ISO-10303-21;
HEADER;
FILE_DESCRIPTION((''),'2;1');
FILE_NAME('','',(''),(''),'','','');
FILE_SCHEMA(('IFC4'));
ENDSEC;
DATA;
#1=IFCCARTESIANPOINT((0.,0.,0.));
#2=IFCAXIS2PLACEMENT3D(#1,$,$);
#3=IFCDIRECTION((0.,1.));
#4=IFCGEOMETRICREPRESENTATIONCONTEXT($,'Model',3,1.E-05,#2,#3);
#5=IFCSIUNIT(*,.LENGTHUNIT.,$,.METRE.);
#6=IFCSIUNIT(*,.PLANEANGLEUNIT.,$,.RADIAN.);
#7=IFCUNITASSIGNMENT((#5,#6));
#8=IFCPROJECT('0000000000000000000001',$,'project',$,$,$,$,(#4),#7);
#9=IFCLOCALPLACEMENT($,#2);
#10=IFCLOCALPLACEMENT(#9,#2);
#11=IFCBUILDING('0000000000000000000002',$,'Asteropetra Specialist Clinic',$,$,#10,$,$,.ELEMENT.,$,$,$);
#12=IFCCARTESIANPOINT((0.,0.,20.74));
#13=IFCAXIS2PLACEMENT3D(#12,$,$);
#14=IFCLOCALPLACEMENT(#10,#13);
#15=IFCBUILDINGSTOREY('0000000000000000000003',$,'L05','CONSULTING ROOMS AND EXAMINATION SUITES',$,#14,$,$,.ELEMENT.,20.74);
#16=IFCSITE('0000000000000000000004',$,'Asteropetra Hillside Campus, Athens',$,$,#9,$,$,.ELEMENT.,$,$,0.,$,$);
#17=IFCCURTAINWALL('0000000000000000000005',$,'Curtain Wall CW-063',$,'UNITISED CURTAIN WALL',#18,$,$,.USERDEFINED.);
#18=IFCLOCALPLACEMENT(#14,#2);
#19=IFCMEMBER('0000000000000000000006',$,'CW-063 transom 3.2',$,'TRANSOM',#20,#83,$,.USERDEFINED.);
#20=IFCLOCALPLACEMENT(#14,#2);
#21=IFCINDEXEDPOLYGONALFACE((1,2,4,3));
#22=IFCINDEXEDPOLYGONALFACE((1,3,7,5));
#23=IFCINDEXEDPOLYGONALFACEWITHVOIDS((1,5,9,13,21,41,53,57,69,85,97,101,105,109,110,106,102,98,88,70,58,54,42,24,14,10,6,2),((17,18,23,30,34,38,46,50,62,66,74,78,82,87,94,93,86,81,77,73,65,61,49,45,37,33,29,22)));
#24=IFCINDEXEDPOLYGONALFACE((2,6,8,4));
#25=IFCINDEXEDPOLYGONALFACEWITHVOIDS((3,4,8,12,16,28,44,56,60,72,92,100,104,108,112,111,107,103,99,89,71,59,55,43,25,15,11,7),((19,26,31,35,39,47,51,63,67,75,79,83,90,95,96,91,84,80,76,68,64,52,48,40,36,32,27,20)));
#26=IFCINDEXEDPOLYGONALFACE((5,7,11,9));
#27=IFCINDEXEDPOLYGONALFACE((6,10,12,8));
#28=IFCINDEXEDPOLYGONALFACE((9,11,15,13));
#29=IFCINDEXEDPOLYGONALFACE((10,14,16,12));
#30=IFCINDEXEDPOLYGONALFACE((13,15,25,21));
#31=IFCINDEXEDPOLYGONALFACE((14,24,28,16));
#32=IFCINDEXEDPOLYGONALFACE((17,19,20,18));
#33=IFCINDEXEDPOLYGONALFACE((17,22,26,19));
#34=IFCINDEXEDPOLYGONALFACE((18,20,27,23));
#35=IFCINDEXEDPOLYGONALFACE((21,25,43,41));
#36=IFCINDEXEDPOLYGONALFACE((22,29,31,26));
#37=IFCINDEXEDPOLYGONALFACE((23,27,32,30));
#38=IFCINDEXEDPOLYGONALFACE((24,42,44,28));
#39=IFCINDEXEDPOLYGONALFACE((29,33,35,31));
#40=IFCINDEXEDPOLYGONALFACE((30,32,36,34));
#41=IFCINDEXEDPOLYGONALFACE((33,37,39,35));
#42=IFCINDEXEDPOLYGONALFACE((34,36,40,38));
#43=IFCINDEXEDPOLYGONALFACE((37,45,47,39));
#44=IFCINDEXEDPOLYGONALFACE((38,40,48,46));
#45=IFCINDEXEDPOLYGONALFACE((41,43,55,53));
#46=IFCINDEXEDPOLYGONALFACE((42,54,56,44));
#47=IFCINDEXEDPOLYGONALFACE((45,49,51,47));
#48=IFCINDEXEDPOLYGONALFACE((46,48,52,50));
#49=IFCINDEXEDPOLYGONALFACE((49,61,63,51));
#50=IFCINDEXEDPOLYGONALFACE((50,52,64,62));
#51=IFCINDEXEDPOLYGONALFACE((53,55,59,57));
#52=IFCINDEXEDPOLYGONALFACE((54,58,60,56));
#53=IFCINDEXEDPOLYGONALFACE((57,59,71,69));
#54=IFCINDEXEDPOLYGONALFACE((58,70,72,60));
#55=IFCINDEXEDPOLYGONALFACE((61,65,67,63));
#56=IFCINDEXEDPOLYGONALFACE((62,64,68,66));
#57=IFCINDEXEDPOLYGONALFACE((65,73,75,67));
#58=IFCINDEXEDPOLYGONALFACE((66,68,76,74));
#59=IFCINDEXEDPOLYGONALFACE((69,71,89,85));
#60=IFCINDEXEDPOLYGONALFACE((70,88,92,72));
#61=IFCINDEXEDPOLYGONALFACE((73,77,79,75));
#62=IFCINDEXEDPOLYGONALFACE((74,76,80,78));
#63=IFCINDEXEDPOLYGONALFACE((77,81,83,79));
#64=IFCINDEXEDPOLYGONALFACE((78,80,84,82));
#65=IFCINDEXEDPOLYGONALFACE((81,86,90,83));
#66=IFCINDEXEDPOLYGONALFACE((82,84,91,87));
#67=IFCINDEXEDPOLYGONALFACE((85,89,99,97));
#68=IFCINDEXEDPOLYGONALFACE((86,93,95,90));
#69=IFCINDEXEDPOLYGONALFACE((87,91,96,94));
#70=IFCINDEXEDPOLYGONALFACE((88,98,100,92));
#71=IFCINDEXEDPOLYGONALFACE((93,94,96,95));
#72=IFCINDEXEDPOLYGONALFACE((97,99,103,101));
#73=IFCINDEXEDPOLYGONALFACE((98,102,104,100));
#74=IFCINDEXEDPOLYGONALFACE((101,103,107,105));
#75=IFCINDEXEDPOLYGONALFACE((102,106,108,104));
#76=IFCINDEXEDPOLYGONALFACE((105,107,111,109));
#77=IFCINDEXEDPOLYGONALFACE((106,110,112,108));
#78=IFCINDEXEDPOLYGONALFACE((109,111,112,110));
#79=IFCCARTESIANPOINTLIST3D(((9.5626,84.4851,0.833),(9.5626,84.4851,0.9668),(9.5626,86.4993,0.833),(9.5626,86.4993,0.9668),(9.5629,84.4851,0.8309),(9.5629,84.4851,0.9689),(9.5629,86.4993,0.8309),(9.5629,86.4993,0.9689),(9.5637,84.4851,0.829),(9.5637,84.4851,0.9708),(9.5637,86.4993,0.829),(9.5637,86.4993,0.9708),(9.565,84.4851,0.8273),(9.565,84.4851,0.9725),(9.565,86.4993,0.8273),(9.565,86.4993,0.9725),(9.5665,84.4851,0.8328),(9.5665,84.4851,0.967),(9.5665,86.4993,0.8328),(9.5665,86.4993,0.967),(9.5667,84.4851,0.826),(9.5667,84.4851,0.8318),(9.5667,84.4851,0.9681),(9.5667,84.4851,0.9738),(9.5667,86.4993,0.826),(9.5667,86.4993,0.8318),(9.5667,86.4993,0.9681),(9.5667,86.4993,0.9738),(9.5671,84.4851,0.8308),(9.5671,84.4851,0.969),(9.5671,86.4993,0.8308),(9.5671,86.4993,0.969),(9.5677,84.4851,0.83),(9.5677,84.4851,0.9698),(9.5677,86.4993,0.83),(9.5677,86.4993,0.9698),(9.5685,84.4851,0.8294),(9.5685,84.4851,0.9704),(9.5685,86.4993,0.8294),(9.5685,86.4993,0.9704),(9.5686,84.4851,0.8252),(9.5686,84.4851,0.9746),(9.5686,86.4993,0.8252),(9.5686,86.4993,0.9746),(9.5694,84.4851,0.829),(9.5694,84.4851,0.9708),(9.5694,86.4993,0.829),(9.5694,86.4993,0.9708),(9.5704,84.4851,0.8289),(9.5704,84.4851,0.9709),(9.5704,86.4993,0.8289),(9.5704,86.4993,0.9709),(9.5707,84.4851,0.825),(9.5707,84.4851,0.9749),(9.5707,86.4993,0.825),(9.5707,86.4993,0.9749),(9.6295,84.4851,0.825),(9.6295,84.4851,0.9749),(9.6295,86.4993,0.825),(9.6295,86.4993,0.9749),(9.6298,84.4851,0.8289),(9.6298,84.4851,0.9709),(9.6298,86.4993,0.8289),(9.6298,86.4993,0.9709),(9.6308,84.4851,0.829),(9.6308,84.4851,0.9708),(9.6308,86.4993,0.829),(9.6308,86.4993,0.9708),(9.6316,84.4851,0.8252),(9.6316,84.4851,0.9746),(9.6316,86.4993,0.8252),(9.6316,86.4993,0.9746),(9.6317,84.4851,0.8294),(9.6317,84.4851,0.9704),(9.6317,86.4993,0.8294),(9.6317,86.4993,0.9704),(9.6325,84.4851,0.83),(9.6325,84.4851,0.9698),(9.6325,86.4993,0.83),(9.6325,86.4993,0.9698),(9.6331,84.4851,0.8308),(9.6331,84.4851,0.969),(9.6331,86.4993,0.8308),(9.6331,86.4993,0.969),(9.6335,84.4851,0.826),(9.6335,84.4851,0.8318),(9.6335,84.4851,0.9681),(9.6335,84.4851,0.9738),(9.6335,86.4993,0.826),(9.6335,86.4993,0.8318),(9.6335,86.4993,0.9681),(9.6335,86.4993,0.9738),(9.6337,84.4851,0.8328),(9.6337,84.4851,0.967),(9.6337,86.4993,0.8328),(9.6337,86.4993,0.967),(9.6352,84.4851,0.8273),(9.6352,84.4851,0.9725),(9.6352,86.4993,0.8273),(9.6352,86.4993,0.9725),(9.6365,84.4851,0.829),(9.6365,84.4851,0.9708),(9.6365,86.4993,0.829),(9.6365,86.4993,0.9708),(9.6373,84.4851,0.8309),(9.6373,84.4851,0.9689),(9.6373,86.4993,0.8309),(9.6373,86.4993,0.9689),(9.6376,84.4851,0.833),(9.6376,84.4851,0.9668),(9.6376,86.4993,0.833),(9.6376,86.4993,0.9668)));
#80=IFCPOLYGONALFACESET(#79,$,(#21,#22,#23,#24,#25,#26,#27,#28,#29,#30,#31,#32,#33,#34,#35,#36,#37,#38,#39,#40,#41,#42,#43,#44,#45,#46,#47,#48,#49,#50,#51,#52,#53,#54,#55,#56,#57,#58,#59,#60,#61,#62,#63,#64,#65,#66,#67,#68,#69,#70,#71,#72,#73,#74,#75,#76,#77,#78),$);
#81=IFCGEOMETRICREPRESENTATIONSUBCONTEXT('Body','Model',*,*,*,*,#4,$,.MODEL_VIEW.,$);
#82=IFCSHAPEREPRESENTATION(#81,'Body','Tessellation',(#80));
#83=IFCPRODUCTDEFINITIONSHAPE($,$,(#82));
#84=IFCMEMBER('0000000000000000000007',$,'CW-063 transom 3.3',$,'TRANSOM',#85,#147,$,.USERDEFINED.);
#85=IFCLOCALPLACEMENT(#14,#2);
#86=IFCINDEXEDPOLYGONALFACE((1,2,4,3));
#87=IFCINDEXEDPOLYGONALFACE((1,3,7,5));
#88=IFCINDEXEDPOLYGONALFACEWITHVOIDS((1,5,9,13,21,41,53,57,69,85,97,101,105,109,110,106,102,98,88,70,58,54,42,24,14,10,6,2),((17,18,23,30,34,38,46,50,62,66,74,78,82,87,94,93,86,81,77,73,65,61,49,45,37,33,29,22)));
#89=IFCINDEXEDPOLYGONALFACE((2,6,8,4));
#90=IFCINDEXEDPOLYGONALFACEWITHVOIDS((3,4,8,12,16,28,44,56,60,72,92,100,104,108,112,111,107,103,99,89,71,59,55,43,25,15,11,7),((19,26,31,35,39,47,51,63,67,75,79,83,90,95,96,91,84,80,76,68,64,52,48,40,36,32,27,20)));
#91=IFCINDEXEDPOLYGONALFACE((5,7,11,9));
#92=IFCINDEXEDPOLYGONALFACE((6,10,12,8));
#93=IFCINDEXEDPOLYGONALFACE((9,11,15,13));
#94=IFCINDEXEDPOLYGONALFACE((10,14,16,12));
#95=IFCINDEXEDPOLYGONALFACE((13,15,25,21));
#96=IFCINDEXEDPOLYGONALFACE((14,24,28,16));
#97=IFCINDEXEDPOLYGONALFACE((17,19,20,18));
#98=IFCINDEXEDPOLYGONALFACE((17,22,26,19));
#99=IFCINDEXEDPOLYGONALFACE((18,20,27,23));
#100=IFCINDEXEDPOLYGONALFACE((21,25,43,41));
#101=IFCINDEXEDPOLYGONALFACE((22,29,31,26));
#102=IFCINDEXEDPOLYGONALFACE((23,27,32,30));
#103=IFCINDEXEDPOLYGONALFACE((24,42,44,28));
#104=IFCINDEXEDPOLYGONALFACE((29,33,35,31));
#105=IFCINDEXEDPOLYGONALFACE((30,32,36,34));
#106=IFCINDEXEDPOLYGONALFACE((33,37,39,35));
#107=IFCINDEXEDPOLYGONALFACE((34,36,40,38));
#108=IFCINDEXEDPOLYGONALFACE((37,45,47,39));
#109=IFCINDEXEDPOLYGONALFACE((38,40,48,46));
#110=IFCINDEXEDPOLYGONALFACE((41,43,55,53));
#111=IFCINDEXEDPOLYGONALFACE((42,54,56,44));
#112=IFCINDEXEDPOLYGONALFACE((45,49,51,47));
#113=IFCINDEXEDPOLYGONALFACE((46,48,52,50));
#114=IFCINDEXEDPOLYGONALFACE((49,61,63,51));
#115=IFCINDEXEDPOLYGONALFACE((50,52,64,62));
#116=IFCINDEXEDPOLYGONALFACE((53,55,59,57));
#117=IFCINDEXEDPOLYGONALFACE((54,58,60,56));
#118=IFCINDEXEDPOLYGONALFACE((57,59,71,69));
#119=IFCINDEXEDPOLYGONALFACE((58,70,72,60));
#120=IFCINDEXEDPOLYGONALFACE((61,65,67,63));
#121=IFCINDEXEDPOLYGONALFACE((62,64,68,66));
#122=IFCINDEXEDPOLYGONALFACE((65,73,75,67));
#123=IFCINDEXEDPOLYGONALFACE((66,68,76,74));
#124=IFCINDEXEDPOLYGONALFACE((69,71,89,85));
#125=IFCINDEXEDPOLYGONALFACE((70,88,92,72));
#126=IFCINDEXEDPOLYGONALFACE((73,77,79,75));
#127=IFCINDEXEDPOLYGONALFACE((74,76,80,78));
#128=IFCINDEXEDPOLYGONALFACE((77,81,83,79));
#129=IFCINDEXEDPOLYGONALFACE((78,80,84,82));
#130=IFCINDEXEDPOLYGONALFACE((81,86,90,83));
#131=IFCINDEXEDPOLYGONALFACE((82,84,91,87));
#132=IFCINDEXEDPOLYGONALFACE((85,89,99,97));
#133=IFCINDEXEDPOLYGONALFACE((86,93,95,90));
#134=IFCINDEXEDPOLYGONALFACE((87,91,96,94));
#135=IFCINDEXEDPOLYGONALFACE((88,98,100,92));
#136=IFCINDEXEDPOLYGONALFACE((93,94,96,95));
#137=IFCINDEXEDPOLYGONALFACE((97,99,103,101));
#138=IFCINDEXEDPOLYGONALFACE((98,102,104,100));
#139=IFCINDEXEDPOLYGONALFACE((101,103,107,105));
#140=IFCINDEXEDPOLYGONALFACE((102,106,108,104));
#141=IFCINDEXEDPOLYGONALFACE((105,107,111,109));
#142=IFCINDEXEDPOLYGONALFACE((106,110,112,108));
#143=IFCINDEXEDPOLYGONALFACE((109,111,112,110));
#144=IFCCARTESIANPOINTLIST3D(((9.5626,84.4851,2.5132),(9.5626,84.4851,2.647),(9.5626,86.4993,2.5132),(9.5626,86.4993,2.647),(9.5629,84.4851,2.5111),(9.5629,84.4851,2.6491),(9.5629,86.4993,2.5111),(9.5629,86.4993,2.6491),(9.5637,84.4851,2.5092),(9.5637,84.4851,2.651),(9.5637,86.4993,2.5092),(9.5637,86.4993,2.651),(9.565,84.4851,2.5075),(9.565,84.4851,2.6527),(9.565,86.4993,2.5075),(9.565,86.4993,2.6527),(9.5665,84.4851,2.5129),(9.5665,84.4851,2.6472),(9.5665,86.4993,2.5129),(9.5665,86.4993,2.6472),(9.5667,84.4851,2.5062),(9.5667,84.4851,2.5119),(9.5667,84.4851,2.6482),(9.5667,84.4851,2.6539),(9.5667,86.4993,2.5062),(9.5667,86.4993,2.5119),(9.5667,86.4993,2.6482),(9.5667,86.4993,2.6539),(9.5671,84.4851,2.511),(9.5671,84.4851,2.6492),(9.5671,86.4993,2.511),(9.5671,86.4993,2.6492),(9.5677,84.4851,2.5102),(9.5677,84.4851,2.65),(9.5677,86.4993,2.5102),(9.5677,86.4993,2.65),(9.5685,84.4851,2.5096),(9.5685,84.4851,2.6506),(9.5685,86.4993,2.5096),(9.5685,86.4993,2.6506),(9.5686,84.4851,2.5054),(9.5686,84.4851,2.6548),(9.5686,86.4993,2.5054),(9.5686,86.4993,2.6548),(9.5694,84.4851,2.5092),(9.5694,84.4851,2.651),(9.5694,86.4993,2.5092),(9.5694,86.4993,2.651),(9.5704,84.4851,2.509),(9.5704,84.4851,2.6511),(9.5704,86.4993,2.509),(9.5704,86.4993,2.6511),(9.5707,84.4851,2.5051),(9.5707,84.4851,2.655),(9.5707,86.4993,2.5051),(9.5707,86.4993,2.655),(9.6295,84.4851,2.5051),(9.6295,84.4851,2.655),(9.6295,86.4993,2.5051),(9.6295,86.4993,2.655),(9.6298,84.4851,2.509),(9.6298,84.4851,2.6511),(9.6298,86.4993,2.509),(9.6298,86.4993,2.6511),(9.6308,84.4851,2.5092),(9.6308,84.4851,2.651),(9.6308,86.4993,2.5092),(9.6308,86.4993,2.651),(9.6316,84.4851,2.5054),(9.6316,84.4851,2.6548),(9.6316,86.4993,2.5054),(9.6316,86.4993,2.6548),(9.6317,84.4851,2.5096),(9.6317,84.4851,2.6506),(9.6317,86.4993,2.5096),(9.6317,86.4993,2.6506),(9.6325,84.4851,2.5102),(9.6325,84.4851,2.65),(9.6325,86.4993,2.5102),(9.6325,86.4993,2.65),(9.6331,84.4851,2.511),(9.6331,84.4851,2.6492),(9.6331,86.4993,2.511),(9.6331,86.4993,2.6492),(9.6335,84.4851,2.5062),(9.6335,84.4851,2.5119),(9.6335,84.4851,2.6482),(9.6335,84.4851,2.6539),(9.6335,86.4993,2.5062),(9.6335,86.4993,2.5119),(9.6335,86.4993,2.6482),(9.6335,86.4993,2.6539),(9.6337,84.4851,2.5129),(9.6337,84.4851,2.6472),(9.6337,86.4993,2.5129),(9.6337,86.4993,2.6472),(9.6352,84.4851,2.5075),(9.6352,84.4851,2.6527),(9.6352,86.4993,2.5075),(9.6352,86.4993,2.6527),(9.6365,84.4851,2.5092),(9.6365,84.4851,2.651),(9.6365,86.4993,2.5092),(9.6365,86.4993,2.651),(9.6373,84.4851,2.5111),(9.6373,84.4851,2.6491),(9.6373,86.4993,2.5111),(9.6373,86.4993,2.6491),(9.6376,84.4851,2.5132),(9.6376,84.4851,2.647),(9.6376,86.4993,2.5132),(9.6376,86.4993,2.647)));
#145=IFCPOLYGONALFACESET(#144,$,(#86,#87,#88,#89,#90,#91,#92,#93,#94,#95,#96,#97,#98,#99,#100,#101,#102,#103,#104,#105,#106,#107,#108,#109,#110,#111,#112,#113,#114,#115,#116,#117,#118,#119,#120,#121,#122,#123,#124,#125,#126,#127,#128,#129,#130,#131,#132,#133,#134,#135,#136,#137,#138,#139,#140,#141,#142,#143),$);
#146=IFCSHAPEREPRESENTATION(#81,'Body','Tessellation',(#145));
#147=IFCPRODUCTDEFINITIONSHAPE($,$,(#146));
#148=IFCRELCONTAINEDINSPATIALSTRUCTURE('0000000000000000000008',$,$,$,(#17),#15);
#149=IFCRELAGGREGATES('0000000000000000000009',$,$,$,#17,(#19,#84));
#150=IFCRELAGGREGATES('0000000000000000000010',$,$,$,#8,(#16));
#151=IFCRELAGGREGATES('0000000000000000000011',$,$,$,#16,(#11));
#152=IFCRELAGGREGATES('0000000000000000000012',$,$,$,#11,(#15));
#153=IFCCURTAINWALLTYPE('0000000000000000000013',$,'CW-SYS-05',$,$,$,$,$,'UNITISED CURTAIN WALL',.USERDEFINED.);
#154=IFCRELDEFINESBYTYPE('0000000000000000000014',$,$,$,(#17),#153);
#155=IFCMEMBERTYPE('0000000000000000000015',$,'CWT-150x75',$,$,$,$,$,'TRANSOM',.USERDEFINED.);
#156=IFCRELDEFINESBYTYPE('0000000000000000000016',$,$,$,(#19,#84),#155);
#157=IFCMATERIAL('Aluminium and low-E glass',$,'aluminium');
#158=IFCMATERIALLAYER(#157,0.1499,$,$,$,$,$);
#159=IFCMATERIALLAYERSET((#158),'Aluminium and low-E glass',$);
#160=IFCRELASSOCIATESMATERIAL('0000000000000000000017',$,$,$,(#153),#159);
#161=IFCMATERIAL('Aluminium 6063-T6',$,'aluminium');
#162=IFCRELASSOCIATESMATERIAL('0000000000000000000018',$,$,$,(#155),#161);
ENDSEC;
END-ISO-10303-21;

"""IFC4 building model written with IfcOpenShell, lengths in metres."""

from ifc_helpers import new_model, si_unit, direction, frame, origin, origin_2d, place, context, subcontext, project, spatial, hollow_rectangle, extrude, material, layer, layer_set, material_profile, profile_set, type_object, element, aggregate, save


model = new_model("IFC4")

# Units and contexts
model_context = context("Model", 3, precision=1e-05, world=origin(), true_north=direction((0.0, 1.0)))
body_context = subcontext(model_context, "Body", "Model", "MODEL_VIEW")
ifc_project = project(units=[si_unit("LENGTHUNIT", "METRE"), si_unit("PLANEANGLEUNIT", "RADIAN")], contexts=[model_context])

# Site, building, storey
site_placement = place(None, origin())
site = spatial("IfcSite", under=ifc_project, at=site_placement, Name="Asteropetra Hillside Campus, Athens", CompositionType="ELEMENT", RefElevation=0.0)
building_placement = place(site_placement, origin())
building = spatial("IfcBuilding", under=site, at=building_placement, Name="Asteropetra Specialist Clinic", CompositionType="ELEMENT")
storey_placement = place(building_placement, frame((0.0, 0.0, 20.74)))
storey = spatial("IfcBuildingStorey", under=building, at=storey_placement, Name="L05", Description="CONSULTING ROOMS AND EXAMINATION SUITES", CompositionType="ELEMENT", Elevation=20.74)

# Curtain wall, members
ifc_material_1 = material(Name="Aluminium and low-E glass", Category="aluminium")
ifc_layer_1 = layer(ifc_material_1, 0.1499)
ifc_layer_set_1 = layer_set([ifc_layer_1], Name="Aluminium and low-E glass")
curtain_wall_type = type_object("IfcCurtainWallType", Name="CW-SYS-05", ElementType="UNITISED CURTAIN WALL", PredefinedType="USERDEFINED", material=ifc_layer_set_1)
curtain_wall_placement = place(storey_placement, origin())
curtain_wall = element("IfcCurtainWall", 1, at=curtain_wall_placement, inside=storey, type_object=curtain_wall_type, Name="Curtain Wall CW-063", ObjectType="UNITISED CURTAIN WALL", PredefinedType="USERDEFINED")
ifc_material_2 = material(Name="Aluminium 6063-T6", Category="aluminium")
ifc_material_profile_1 = material_profile(ifc_material_2, hollow_rectangle(XDim=0.075, YDim=0.1499, WallThickness=0.0039, InnerFilletRadius=0.0039, OuterFilletRadius=0.0081, at=origin_2d()), Name="TRN 150x75x4.0")
ifc_profile_set_1 = profile_set([ifc_material_profile_1], Name="Aluminium 6063-T6")
member_type_1 = type_object("IfcMemberType", Name="CWT-150x75", ElementType="TRANSOM", PredefinedType="USERDEFINED", material=ifc_profile_set_1)
member_1_placement = place(storey_placement, frame((9.6001, 86.4993, 0.8999), z_axis=(0.0, -1.0, 0.0), x_axis=(1.0, 0.0, 0.0)))
member_1 = element("IfcMember", 2, at=member_1_placement, type_object=member_type_1, Name="CW-063 transom 3.2", ObjectType="TRANSOM", PredefinedType="USERDEFINED", context=body_context, shape_type="SweptSolid", body=[
    extrude(hollow_rectangle(XDim=0.075, YDim=0.1499, WallThickness=0.0039, InnerFilletRadius=0.0039, OuterFilletRadius=0.0081, at=origin_2d()), origin(), (0.0, 0.0, 1.0), 2.0142),
])
member_2_placement = place(storey_placement, frame((9.6001, 86.4993, 2.5801), z_axis=(0.0, -1.0, 0.0), x_axis=(1.0, 0.0, 0.0)))
member_2 = element("IfcMember", 3, at=member_2_placement, type_object=member_type_1, Name="CW-063 transom 3.3", ObjectType="TRANSOM", PredefinedType="USERDEFINED", context=body_context, shape_type="SweptSolid", body=[
    extrude(hollow_rectangle(XDim=0.075, YDim=0.1499, WallThickness=0.0039, InnerFilletRadius=0.0039, OuterFilletRadius=0.0081, at=origin_2d()), origin(), (0.0, 0.0, 1.0), 2.0142),
])
aggregate(curtain_wall, [member_1, member_2])

save(model, "model.ifc")
